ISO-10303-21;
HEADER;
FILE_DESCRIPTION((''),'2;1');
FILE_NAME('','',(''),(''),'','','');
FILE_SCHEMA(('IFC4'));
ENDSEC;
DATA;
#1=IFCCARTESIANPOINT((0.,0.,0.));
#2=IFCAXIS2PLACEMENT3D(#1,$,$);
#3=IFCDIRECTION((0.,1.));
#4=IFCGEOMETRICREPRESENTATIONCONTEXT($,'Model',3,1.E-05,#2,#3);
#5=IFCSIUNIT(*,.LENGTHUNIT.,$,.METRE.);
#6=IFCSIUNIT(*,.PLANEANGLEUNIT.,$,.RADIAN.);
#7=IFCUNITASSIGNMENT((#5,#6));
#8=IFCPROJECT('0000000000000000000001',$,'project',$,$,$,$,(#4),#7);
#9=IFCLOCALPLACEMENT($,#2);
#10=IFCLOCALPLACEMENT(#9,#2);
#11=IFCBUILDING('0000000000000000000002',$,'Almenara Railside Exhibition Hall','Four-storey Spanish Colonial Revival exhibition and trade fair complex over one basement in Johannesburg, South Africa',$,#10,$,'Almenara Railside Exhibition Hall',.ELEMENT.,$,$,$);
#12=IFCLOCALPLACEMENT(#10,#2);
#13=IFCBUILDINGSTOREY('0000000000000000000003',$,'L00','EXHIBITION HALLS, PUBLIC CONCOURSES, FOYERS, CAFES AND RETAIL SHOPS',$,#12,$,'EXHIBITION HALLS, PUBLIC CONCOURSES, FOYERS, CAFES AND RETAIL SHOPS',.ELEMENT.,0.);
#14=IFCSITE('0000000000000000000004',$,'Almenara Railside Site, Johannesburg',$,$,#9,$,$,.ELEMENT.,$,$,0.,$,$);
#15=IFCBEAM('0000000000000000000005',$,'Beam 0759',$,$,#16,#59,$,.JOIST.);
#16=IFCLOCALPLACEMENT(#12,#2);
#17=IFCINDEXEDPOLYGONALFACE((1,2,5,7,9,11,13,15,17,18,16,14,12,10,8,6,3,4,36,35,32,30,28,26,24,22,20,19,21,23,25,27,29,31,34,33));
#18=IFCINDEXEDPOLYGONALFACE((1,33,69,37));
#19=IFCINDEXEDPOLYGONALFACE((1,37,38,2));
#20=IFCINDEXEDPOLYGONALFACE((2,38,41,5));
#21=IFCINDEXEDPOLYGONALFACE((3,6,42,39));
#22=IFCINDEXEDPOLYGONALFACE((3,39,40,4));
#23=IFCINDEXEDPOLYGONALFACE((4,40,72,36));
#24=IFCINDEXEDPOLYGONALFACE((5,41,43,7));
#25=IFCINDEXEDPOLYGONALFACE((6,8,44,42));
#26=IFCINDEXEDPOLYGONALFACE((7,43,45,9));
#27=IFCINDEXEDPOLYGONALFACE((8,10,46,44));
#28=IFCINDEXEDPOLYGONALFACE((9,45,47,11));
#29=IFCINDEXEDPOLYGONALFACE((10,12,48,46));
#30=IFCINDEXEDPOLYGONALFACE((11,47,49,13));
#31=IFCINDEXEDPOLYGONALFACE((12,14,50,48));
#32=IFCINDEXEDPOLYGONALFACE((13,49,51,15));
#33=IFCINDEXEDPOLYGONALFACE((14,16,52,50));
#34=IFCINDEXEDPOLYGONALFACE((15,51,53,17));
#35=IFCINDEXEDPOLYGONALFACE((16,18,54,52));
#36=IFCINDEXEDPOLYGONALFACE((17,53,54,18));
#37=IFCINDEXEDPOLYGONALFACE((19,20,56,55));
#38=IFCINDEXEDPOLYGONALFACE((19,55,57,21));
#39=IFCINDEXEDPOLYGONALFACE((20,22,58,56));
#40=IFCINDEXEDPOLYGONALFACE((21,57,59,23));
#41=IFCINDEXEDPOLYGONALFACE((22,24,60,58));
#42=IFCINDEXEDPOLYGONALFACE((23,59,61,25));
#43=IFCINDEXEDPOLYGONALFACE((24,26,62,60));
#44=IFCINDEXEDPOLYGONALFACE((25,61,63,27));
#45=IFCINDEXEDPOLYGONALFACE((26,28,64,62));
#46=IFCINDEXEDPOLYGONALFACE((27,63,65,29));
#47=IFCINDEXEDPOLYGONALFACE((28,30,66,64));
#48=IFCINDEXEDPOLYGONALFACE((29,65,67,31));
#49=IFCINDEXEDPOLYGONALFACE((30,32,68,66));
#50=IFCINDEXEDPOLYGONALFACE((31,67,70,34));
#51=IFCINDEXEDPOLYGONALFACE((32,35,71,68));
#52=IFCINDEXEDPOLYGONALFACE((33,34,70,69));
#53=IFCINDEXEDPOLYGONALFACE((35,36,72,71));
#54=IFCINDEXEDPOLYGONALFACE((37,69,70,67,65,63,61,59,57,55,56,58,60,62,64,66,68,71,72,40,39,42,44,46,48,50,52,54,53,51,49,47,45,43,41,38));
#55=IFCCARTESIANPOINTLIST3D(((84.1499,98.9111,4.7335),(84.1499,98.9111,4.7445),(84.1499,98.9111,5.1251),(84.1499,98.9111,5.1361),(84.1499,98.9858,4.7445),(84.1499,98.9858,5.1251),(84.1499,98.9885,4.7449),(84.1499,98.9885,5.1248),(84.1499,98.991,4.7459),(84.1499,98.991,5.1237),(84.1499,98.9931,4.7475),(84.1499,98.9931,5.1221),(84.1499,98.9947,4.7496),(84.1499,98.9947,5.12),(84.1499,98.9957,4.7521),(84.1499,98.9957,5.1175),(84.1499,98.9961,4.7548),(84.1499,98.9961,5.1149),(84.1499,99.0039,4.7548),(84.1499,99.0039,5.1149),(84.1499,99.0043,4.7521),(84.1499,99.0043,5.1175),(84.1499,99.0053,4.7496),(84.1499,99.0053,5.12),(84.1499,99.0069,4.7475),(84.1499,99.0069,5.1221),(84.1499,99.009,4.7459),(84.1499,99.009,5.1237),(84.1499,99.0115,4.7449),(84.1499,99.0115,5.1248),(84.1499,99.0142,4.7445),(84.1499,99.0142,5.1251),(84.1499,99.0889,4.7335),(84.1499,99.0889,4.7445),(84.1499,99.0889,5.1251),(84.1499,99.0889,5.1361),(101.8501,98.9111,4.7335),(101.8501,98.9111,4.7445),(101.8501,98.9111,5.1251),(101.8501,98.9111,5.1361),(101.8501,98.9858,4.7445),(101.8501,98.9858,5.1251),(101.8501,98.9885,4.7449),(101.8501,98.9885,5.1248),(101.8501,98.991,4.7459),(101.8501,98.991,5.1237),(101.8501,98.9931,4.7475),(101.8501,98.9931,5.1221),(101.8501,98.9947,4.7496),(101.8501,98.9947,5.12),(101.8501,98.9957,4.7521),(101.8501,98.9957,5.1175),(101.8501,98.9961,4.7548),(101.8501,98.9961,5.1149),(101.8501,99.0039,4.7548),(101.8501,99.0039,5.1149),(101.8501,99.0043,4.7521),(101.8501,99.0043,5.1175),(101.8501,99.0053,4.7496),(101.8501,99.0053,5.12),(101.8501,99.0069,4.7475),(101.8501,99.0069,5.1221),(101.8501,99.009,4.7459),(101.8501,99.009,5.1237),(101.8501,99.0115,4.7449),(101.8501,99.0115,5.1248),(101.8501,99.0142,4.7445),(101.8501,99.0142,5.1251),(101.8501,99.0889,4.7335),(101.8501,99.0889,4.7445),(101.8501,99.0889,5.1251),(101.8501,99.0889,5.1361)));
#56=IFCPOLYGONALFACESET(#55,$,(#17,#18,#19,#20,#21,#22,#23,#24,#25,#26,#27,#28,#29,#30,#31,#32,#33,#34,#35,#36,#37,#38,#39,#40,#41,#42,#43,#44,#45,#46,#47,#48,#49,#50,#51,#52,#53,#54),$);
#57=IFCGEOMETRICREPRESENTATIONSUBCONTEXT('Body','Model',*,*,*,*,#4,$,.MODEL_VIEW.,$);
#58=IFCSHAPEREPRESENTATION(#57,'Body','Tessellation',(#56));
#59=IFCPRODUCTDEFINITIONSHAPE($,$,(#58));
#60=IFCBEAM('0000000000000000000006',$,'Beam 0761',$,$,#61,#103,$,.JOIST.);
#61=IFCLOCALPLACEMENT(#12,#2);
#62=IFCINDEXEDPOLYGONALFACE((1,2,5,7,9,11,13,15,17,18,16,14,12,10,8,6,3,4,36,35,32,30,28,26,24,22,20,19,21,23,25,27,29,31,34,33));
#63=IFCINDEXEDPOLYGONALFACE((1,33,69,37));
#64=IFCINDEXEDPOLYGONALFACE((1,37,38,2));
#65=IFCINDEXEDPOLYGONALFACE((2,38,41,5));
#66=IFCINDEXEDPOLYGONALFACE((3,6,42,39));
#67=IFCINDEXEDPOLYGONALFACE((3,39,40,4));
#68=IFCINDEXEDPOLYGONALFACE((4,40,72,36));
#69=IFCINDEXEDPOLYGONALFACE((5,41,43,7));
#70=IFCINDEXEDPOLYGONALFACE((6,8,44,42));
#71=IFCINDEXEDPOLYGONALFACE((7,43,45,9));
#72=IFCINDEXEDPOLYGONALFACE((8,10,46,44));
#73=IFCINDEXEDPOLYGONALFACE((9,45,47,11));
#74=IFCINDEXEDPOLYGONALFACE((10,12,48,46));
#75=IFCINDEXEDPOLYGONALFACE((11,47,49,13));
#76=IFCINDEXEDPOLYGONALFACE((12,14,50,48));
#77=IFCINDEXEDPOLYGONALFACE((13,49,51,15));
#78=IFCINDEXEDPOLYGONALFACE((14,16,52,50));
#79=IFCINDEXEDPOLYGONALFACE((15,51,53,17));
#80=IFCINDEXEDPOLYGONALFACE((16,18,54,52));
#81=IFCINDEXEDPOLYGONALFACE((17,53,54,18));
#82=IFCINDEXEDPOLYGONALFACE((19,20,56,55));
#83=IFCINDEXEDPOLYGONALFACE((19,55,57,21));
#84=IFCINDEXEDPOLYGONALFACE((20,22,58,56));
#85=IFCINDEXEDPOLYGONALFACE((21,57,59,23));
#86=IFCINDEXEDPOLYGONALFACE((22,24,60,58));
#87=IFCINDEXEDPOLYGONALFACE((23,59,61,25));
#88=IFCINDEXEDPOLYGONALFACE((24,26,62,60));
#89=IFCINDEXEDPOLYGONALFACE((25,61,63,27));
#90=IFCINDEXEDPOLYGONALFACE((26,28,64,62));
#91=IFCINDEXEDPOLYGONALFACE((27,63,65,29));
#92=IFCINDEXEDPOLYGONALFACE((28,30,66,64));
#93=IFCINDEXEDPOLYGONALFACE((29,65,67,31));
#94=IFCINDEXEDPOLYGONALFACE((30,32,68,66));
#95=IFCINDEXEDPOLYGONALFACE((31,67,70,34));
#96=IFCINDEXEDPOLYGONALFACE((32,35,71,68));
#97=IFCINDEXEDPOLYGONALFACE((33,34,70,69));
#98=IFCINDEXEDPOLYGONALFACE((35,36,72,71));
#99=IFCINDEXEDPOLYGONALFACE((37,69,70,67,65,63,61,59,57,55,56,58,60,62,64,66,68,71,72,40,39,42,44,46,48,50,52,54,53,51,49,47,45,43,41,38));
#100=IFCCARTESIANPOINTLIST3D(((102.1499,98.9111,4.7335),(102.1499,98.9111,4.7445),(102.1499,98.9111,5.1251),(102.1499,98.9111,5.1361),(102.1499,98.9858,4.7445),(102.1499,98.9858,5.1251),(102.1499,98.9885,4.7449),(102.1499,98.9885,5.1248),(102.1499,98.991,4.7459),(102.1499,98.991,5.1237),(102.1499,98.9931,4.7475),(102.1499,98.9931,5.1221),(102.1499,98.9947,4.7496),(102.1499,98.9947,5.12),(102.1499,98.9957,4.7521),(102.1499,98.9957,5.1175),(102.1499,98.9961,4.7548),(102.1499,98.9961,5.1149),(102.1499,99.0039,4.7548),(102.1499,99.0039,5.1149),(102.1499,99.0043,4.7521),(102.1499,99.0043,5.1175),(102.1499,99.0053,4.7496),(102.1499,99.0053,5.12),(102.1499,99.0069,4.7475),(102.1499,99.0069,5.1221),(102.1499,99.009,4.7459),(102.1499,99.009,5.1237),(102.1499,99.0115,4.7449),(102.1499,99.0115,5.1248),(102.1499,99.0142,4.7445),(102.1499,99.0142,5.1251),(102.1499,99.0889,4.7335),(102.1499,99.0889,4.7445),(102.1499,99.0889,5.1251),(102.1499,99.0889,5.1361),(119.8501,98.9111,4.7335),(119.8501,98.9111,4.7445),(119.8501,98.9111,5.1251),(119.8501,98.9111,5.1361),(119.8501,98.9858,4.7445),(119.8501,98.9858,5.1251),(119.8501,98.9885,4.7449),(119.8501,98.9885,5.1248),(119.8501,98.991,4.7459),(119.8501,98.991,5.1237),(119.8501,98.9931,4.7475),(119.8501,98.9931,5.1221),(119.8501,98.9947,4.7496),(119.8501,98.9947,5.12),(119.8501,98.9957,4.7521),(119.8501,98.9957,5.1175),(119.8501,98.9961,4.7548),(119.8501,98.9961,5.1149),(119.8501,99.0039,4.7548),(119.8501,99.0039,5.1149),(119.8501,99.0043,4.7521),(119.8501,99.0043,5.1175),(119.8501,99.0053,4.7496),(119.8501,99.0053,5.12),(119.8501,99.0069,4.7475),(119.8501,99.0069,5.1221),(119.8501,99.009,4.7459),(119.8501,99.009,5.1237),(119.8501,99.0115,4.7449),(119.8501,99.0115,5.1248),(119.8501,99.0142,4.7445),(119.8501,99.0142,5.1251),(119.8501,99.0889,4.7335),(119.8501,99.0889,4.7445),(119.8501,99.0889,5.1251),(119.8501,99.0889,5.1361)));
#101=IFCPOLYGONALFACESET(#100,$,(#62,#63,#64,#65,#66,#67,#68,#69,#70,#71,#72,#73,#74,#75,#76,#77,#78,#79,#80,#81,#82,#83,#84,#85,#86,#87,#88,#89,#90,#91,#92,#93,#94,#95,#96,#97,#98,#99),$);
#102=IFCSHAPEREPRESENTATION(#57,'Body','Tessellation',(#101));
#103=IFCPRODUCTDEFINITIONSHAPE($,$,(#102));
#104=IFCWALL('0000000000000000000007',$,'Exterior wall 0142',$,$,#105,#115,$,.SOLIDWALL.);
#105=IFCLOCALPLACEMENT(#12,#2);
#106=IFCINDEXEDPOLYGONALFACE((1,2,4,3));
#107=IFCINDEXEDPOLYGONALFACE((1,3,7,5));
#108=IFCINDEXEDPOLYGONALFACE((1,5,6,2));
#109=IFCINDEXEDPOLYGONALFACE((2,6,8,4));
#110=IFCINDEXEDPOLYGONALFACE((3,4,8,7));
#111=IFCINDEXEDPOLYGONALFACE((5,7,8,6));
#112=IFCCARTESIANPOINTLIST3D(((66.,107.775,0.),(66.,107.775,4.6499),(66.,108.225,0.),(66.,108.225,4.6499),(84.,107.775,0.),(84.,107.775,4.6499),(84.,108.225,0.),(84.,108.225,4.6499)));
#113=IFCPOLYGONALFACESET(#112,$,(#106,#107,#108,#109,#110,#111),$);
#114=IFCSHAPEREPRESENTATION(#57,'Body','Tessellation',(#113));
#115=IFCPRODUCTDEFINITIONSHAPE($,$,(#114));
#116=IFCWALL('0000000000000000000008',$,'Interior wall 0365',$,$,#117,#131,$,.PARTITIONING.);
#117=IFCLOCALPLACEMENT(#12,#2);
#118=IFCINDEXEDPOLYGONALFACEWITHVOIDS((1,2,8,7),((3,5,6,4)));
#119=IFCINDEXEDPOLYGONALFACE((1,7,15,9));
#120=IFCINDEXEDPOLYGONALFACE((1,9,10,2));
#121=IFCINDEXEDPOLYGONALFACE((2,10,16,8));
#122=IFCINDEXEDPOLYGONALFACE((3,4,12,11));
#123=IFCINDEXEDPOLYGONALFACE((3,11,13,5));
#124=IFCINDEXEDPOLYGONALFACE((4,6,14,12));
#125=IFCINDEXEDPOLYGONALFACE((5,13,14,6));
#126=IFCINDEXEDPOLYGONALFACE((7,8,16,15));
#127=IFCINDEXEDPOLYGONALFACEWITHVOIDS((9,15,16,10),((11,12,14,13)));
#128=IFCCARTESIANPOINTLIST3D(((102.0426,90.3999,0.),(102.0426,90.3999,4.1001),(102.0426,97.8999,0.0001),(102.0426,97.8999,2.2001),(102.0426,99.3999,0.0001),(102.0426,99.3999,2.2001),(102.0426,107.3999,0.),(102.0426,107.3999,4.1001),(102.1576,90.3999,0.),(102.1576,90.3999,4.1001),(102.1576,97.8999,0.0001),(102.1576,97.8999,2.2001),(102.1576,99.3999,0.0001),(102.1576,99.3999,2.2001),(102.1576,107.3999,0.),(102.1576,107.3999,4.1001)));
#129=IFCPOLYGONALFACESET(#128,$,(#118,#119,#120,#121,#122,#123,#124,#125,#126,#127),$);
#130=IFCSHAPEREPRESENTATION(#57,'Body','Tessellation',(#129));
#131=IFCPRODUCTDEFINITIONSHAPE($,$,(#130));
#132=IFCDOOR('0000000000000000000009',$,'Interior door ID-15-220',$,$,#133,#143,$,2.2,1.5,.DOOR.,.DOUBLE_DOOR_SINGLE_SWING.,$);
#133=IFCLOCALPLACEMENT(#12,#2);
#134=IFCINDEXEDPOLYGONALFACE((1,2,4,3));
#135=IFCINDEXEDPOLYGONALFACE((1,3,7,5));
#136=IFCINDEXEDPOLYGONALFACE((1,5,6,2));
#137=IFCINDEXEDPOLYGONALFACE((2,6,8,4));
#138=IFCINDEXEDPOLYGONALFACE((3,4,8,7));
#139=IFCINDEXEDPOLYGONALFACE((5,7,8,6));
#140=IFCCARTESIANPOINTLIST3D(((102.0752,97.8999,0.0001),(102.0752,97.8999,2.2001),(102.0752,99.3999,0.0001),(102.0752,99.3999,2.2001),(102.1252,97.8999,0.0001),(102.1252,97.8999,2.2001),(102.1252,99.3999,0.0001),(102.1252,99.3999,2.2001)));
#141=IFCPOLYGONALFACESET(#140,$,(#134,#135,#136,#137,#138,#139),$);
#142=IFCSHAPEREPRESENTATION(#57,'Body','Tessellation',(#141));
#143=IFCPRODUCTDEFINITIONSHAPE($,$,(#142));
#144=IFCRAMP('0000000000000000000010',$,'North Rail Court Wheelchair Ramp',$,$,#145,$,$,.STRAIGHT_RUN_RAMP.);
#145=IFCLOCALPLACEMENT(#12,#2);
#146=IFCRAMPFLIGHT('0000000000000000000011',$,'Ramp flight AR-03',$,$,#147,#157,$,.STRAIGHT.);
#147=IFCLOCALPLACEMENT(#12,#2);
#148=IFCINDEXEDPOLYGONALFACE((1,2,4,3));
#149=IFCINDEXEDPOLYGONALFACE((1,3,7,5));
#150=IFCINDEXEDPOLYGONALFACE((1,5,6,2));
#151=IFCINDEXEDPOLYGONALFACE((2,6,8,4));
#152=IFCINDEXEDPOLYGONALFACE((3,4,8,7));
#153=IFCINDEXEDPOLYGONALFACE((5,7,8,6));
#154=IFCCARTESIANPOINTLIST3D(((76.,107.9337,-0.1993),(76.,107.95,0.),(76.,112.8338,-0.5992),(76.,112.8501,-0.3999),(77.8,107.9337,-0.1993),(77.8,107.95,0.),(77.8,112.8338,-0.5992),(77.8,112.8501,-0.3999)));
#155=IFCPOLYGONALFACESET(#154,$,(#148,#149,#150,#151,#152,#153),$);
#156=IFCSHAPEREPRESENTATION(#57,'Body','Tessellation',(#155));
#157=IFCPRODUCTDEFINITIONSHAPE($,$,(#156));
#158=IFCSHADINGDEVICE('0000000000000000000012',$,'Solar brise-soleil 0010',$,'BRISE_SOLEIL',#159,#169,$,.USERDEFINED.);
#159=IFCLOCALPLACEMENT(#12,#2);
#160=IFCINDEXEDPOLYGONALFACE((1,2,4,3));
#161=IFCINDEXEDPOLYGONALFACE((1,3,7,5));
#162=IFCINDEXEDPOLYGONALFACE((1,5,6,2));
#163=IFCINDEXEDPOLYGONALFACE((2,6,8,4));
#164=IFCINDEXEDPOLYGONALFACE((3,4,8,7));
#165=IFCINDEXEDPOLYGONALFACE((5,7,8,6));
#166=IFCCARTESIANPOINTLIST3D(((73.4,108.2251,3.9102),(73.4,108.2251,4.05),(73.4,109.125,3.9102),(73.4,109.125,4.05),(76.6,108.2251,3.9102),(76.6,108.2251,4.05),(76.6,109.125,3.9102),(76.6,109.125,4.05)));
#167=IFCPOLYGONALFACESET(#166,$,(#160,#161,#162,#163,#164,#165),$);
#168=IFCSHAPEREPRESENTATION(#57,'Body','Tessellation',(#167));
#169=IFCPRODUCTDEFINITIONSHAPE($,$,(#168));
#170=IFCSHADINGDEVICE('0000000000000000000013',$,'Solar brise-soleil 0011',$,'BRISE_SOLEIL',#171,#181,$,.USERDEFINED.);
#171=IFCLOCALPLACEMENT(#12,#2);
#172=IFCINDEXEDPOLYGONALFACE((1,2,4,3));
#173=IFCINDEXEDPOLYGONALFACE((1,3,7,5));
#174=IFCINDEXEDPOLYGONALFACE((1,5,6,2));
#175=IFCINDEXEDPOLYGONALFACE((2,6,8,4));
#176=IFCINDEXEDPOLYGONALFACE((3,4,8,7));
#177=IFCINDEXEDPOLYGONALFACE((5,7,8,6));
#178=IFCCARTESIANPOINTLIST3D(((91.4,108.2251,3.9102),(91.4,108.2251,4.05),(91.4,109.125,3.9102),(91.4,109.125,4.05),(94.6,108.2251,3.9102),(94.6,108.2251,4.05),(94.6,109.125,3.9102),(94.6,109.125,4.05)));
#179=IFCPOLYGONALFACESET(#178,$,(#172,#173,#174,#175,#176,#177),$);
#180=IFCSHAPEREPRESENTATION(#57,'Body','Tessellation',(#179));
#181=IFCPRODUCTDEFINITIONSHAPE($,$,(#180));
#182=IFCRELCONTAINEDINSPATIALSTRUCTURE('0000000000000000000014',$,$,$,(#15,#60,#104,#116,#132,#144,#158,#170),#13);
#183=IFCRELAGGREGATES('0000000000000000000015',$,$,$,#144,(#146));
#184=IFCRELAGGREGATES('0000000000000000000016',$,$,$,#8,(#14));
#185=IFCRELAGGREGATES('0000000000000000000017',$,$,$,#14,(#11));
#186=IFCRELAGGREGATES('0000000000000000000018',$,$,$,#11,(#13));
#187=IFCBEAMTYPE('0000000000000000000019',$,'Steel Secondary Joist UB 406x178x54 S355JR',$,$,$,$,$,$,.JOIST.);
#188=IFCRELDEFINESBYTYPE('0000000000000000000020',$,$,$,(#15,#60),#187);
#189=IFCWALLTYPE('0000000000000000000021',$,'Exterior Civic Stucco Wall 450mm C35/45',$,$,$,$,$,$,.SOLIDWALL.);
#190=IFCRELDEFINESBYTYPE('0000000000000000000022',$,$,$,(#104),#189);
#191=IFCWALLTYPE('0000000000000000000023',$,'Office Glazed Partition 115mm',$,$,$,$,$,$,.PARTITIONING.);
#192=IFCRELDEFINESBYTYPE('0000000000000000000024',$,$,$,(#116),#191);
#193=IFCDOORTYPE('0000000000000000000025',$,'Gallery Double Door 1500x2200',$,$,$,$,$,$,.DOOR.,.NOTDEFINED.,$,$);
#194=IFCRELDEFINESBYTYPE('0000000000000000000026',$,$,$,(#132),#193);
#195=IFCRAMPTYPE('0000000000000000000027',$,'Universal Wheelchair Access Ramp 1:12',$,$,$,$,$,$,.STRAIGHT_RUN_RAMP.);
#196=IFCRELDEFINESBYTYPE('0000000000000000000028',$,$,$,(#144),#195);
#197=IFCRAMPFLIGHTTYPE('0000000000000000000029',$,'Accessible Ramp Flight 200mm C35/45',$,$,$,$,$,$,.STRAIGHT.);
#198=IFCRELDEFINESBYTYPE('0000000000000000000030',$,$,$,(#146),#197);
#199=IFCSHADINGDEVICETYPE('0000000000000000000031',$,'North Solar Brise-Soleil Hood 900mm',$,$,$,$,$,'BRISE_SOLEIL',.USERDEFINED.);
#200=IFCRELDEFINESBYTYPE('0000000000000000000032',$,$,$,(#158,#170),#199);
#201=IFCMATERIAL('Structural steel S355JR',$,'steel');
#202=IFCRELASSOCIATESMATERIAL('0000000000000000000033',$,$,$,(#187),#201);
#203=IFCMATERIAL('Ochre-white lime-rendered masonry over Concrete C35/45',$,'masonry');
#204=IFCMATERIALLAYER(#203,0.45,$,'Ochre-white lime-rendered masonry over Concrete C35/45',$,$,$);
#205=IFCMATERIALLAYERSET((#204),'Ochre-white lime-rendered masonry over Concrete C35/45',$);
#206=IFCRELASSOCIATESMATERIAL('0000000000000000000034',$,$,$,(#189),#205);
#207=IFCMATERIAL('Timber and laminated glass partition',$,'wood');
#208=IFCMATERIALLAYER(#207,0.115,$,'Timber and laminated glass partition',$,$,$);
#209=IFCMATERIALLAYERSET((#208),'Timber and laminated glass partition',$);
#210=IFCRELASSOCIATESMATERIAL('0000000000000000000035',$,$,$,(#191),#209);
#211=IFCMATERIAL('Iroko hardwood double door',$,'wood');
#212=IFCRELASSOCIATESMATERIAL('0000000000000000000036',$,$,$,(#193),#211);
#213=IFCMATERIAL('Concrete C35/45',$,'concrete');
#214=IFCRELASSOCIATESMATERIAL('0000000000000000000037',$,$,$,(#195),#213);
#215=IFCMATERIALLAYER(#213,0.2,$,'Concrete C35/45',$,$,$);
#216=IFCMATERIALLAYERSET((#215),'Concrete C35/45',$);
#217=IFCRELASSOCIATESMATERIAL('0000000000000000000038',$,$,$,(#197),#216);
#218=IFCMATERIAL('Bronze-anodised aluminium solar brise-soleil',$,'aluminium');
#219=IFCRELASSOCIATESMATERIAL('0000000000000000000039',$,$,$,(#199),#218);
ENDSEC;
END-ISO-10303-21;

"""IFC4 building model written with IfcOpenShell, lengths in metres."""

from ifc_helpers import new_model, si_unit, direction, frame, frame_2d, origin, origin_2d, place, context, subcontext, project, spatial, polyline, rectangle, i_section, outline, extrude, material, layer, layer_set, material_profile, profile_set, type_object, element, fill, aggregate, save


model = new_model("IFC4")

# Units and contexts
model_context = context("Model", 3, precision=1e-05, world=origin(), true_north=direction((0.0, 1.0)))
body_context = subcontext(model_context, "Body", "Model", "MODEL_VIEW")
ifc_project = project(units=[si_unit("LENGTHUNIT", "METRE"), si_unit("PLANEANGLEUNIT", "RADIAN")], contexts=[model_context])

# Site, building, storey
site_placement = place(None, origin())
site = spatial("IfcSite", under=ifc_project, at=site_placement, Name="Almenara Railside Site, Johannesburg", CompositionType="ELEMENT", RefElevation=0.0)
building_placement = place(site_placement, origin())
building = spatial("IfcBuilding", under=site, at=building_placement, Name="Almenara Railside Exhibition Hall", Description="Four-storey Spanish Colonial Revival exhibition and trade fair complex over one basement in Johannesburg, South Africa", LongName="Almenara Railside Exhibition Hall", CompositionType="ELEMENT")
storey_placement = place(building_placement, origin())
storey = spatial("IfcBuildingStorey", under=building, at=storey_placement, Name="L00", Description="EXHIBITION HALLS, PUBLIC CONCOURSES, FOYERS, CAFES AND RETAIL SHOPS", LongName="EXHIBITION HALLS, PUBLIC CONCOURSES, FOYERS, CAFES AND RETAIL SHOPS", CompositionType="ELEMENT", Elevation=0.0)

# Shared definitions
ifc_material_1 = material(Name="Concrete C35/45", Category="concrete")

# Beams
ifc_material_2 = material(Name="Structural steel S355JR", Category="steel")
ifc_material_profile_1 = material_profile(ifc_material_2, i_section(OverallWidth=0.1777, OverallDepth=0.4026, WebThickness=0.0078, FlangeThickness=0.011, FilletRadius=0.0103, at=origin_2d()), Name="UB 406x178x54")
ifc_profile_set_1 = profile_set([ifc_material_profile_1], Name="Structural steel S355JR")
beam_type_1 = type_object("IfcBeamType", Name="Steel Secondary Joist UB 406x178x54 S355JR", PredefinedType="JOIST", material=ifc_profile_set_1)
for number, where, z_axis, x_axis, name in (
    (1, (84.1499, 99.0, 4.9348), (1.0, 0.0, 0.0), (0.0, 1.0, 0.0), "Beam 0759"),
    (2, (102.1499, 99.0, 4.9348), (1.0, 0.0, 0.0), (0.0, 1.0, 0.0), "Beam 0761"),
):
    element("IfcBeam", number, at=place(storey_placement, frame(where, z_axis=z_axis, x_axis=x_axis)), inside=storey, type_object=beam_type_1, Name=name, PredefinedType="JOIST", context=body_context, shape_type="SweptSolid", body=[
        extrude(i_section(OverallWidth=0.1777, OverallDepth=0.4026, WebThickness=0.0078, FlangeThickness=0.011, FilletRadius=0.0103, at=origin_2d()), origin(), (0.0, 0.0, 1.0), 17.7002),
    ])

# Wall
ifc_material_3 = material(Name="Ochre-white lime-rendered masonry over Concrete C35/45", Category="masonry")
ifc_layer_1 = layer(ifc_material_3, 0.45, Name="Ochre-white lime-rendered masonry over Concrete C35/45")
ifc_layer_set_1 = layer_set([ifc_layer_1], Name="Ochre-white lime-rendered masonry over Concrete C35/45")
wall_type_1 = type_object("IfcWallType", Name="Exterior Civic Stucco Wall 450mm C35/45", PredefinedType="SOLIDWALL", material=ifc_layer_set_1)
wall_1_placement = place(storey_placement, frame((84.0, 108.0, 0.0), z_axis=(0.0, 0.0, 1.0), x_axis=(-1.0, 0.0, 0.0)))
element("IfcWall", 3, at=wall_1_placement, inside=storey, type_object=wall_type_1, Name="Exterior wall 0142", PredefinedType="SOLIDWALL", context=body_context, shape_type="SweptSolid", body=[
    extrude(rectangle(XDim=18.0, YDim=0.45, at=frame_2d((9.0, 0.0))), origin(), (0.0, 0.0, 1.0), 4.6499),
])

# Wall, opening, door
ifc_material_4 = material(Name="Timber and laminated glass partition", Category="wood")
ifc_layer_2 = layer(ifc_material_4, 0.115, Name="Timber and laminated glass partition")
ifc_layer_set_2 = layer_set([ifc_layer_2], Name="Timber and laminated glass partition")
wall_type_2 = type_object("IfcWallType", Name="Office Glazed Partition 115mm", PredefinedType="PARTITIONING", material=ifc_layer_set_2)
wall_2_placement = place(storey_placement, frame((102.1001, 90.3999, 0.0), z_axis=(0.0, 0.0, 1.0), x_axis=(0.0, 1.0, 0.0)))
wall_2 = element("IfcWall", 4, at=wall_2_placement, inside=storey, type_object=wall_type_2, Name="Interior wall 0365", PredefinedType="PARTITIONING", context=body_context, shape_type="SweptSolid", body=[
    extrude(rectangle(XDim=17.0, YDim=0.115, at=frame_2d((8.5, 0.0))), origin(), (0.0, 0.0, 1.0), 4.1001),
])
opening_1_placement = place(wall_2_placement, frame((7.5, 0.0, 0.0)))
opening_1 = element("IfcOpeningElement", 5, at=opening_1_placement, cuts=wall_2, PredefinedType="OPENING", context=body_context, shape_type="SweptSolid", body=[
    extrude(rectangle(XDim=1.5, YDim=2.2, at=frame_2d((0.75, 1.1001))), frame((0.0, 0.0674, 0.0), z_axis=(0.0, -1.0, 0.0), x_axis=(1.0, 0.0, 0.0)), (0.0, 0.0, 1.0), 0.135),
])
ifc_material_5 = material(Name="Iroko hardwood double door", Category="wood")
door_type_1 = type_object("IfcDoorType", Name="Gallery Double Door 1500x2200", OperationType="NOTDEFINED", PredefinedType="DOOR", material=ifc_material_5)
door_1_placement = place(opening_1_placement, origin())
door_1 = element("IfcDoor", 6, at=door_1_placement, inside=storey, type_object=door_type_1, Name="Interior door ID-15-220", OperationType="DOUBLE_DOOR_SINGLE_SWING", OverallHeight=2.2, OverallWidth=1.5, PredefinedType="DOOR", context=body_context, shape_type="SweptSolid", body=[
    extrude(rectangle(XDim=1.5, YDim=2.2, at=frame_2d((0.75, 1.1001))), frame((0.0, 0.0249, 0.0), z_axis=(0.0, -1.0, 0.0), x_axis=(1.0, 0.0, 0.0)), (0.0, 0.0, 1.0), 0.05),
])
fill(opening_1, door_1)

# Ramp, ramp flight
ramp_type = type_object("IfcRampType", Name="Universal Wheelchair Access Ramp 1:12", PredefinedType="STRAIGHT_RUN_RAMP", material=ifc_material_1)
ramp_placement = place(storey_placement, origin())
ramp = element("IfcRamp", 7, at=ramp_placement, inside=storey, type_object=ramp_type, Name="North Rail Court Wheelchair Ramp", PredefinedType="STRAIGHT_RUN_RAMP")
ifc_layer_3 = layer(ifc_material_1, 0.2, Name="Concrete C35/45")
ifc_layer_set_3 = layer_set([ifc_layer_3], Name="Concrete C35/45")
ramp_flight_type = type_object("IfcRampFlightType", Name="Accessible Ramp Flight 200mm C35/45", PredefinedType="STRAIGHT", material=ifc_layer_set_3)
ramp_flight_placement = place(storey_placement, frame((77.8, 112.8501, -0.3999), z_axis=(0.0, 0.08134, 0.996686), x_axis=(-1.0, 0.0, 0.0)))
ramp_flight = element("IfcRampFlight", 8, at=ramp_flight_placement, type_object=ramp_flight_type, Name="Ramp flight AR-03", PredefinedType="STRAIGHT", context=body_context, shape_type="SweptSolid", body=[
    extrude(outline(polyline([(0.0, 0.0), (1.8, 0.0), (1.8, 4.9164), (0.0, 4.9164), (0.0, 0.0)])), origin(), (0.0, 0.0, -1.0), 0.2),
])
aggregate(ramp, [ramp_flight])

# Shading devices
ifc_material_6 = material(Name="Bronze-anodised aluminium solar brise-soleil", Category="aluminium")
shading_device_type = type_object("IfcShadingDeviceType", Name="North Solar Brise-Soleil Hood 900mm", ElementType="BRISE_SOLEIL", PredefinedType="USERDEFINED", material=ifc_material_6)
for number, where, z_axis, x_axis, name in (
    (9, (75.0, 108.675, 3.9102), (0.0, 0.0, 1.0), (-1.0, 0.0, 0.0), "Solar brise-soleil 0010"),
    (10, (93.0, 108.675, 3.9102), (0.0, 0.0, 1.0), (-1.0, 0.0, 0.0), "Solar brise-soleil 0011"),
):
    element("IfcShadingDevice", number, at=place(storey_placement, frame(where, z_axis=z_axis, x_axis=x_axis)), inside=storey, type_object=shading_device_type, Name=name, ObjectType="BRISE_SOLEIL", PredefinedType="USERDEFINED", context=body_context, shape_type="SweptSolid", body=[
        extrude(rectangle(XDim=3.2, YDim=0.8999, at=origin_2d()), origin(), (0.0, 0.0, 1.0), 0.1399),
    ])

save(model, "model.ifc")
